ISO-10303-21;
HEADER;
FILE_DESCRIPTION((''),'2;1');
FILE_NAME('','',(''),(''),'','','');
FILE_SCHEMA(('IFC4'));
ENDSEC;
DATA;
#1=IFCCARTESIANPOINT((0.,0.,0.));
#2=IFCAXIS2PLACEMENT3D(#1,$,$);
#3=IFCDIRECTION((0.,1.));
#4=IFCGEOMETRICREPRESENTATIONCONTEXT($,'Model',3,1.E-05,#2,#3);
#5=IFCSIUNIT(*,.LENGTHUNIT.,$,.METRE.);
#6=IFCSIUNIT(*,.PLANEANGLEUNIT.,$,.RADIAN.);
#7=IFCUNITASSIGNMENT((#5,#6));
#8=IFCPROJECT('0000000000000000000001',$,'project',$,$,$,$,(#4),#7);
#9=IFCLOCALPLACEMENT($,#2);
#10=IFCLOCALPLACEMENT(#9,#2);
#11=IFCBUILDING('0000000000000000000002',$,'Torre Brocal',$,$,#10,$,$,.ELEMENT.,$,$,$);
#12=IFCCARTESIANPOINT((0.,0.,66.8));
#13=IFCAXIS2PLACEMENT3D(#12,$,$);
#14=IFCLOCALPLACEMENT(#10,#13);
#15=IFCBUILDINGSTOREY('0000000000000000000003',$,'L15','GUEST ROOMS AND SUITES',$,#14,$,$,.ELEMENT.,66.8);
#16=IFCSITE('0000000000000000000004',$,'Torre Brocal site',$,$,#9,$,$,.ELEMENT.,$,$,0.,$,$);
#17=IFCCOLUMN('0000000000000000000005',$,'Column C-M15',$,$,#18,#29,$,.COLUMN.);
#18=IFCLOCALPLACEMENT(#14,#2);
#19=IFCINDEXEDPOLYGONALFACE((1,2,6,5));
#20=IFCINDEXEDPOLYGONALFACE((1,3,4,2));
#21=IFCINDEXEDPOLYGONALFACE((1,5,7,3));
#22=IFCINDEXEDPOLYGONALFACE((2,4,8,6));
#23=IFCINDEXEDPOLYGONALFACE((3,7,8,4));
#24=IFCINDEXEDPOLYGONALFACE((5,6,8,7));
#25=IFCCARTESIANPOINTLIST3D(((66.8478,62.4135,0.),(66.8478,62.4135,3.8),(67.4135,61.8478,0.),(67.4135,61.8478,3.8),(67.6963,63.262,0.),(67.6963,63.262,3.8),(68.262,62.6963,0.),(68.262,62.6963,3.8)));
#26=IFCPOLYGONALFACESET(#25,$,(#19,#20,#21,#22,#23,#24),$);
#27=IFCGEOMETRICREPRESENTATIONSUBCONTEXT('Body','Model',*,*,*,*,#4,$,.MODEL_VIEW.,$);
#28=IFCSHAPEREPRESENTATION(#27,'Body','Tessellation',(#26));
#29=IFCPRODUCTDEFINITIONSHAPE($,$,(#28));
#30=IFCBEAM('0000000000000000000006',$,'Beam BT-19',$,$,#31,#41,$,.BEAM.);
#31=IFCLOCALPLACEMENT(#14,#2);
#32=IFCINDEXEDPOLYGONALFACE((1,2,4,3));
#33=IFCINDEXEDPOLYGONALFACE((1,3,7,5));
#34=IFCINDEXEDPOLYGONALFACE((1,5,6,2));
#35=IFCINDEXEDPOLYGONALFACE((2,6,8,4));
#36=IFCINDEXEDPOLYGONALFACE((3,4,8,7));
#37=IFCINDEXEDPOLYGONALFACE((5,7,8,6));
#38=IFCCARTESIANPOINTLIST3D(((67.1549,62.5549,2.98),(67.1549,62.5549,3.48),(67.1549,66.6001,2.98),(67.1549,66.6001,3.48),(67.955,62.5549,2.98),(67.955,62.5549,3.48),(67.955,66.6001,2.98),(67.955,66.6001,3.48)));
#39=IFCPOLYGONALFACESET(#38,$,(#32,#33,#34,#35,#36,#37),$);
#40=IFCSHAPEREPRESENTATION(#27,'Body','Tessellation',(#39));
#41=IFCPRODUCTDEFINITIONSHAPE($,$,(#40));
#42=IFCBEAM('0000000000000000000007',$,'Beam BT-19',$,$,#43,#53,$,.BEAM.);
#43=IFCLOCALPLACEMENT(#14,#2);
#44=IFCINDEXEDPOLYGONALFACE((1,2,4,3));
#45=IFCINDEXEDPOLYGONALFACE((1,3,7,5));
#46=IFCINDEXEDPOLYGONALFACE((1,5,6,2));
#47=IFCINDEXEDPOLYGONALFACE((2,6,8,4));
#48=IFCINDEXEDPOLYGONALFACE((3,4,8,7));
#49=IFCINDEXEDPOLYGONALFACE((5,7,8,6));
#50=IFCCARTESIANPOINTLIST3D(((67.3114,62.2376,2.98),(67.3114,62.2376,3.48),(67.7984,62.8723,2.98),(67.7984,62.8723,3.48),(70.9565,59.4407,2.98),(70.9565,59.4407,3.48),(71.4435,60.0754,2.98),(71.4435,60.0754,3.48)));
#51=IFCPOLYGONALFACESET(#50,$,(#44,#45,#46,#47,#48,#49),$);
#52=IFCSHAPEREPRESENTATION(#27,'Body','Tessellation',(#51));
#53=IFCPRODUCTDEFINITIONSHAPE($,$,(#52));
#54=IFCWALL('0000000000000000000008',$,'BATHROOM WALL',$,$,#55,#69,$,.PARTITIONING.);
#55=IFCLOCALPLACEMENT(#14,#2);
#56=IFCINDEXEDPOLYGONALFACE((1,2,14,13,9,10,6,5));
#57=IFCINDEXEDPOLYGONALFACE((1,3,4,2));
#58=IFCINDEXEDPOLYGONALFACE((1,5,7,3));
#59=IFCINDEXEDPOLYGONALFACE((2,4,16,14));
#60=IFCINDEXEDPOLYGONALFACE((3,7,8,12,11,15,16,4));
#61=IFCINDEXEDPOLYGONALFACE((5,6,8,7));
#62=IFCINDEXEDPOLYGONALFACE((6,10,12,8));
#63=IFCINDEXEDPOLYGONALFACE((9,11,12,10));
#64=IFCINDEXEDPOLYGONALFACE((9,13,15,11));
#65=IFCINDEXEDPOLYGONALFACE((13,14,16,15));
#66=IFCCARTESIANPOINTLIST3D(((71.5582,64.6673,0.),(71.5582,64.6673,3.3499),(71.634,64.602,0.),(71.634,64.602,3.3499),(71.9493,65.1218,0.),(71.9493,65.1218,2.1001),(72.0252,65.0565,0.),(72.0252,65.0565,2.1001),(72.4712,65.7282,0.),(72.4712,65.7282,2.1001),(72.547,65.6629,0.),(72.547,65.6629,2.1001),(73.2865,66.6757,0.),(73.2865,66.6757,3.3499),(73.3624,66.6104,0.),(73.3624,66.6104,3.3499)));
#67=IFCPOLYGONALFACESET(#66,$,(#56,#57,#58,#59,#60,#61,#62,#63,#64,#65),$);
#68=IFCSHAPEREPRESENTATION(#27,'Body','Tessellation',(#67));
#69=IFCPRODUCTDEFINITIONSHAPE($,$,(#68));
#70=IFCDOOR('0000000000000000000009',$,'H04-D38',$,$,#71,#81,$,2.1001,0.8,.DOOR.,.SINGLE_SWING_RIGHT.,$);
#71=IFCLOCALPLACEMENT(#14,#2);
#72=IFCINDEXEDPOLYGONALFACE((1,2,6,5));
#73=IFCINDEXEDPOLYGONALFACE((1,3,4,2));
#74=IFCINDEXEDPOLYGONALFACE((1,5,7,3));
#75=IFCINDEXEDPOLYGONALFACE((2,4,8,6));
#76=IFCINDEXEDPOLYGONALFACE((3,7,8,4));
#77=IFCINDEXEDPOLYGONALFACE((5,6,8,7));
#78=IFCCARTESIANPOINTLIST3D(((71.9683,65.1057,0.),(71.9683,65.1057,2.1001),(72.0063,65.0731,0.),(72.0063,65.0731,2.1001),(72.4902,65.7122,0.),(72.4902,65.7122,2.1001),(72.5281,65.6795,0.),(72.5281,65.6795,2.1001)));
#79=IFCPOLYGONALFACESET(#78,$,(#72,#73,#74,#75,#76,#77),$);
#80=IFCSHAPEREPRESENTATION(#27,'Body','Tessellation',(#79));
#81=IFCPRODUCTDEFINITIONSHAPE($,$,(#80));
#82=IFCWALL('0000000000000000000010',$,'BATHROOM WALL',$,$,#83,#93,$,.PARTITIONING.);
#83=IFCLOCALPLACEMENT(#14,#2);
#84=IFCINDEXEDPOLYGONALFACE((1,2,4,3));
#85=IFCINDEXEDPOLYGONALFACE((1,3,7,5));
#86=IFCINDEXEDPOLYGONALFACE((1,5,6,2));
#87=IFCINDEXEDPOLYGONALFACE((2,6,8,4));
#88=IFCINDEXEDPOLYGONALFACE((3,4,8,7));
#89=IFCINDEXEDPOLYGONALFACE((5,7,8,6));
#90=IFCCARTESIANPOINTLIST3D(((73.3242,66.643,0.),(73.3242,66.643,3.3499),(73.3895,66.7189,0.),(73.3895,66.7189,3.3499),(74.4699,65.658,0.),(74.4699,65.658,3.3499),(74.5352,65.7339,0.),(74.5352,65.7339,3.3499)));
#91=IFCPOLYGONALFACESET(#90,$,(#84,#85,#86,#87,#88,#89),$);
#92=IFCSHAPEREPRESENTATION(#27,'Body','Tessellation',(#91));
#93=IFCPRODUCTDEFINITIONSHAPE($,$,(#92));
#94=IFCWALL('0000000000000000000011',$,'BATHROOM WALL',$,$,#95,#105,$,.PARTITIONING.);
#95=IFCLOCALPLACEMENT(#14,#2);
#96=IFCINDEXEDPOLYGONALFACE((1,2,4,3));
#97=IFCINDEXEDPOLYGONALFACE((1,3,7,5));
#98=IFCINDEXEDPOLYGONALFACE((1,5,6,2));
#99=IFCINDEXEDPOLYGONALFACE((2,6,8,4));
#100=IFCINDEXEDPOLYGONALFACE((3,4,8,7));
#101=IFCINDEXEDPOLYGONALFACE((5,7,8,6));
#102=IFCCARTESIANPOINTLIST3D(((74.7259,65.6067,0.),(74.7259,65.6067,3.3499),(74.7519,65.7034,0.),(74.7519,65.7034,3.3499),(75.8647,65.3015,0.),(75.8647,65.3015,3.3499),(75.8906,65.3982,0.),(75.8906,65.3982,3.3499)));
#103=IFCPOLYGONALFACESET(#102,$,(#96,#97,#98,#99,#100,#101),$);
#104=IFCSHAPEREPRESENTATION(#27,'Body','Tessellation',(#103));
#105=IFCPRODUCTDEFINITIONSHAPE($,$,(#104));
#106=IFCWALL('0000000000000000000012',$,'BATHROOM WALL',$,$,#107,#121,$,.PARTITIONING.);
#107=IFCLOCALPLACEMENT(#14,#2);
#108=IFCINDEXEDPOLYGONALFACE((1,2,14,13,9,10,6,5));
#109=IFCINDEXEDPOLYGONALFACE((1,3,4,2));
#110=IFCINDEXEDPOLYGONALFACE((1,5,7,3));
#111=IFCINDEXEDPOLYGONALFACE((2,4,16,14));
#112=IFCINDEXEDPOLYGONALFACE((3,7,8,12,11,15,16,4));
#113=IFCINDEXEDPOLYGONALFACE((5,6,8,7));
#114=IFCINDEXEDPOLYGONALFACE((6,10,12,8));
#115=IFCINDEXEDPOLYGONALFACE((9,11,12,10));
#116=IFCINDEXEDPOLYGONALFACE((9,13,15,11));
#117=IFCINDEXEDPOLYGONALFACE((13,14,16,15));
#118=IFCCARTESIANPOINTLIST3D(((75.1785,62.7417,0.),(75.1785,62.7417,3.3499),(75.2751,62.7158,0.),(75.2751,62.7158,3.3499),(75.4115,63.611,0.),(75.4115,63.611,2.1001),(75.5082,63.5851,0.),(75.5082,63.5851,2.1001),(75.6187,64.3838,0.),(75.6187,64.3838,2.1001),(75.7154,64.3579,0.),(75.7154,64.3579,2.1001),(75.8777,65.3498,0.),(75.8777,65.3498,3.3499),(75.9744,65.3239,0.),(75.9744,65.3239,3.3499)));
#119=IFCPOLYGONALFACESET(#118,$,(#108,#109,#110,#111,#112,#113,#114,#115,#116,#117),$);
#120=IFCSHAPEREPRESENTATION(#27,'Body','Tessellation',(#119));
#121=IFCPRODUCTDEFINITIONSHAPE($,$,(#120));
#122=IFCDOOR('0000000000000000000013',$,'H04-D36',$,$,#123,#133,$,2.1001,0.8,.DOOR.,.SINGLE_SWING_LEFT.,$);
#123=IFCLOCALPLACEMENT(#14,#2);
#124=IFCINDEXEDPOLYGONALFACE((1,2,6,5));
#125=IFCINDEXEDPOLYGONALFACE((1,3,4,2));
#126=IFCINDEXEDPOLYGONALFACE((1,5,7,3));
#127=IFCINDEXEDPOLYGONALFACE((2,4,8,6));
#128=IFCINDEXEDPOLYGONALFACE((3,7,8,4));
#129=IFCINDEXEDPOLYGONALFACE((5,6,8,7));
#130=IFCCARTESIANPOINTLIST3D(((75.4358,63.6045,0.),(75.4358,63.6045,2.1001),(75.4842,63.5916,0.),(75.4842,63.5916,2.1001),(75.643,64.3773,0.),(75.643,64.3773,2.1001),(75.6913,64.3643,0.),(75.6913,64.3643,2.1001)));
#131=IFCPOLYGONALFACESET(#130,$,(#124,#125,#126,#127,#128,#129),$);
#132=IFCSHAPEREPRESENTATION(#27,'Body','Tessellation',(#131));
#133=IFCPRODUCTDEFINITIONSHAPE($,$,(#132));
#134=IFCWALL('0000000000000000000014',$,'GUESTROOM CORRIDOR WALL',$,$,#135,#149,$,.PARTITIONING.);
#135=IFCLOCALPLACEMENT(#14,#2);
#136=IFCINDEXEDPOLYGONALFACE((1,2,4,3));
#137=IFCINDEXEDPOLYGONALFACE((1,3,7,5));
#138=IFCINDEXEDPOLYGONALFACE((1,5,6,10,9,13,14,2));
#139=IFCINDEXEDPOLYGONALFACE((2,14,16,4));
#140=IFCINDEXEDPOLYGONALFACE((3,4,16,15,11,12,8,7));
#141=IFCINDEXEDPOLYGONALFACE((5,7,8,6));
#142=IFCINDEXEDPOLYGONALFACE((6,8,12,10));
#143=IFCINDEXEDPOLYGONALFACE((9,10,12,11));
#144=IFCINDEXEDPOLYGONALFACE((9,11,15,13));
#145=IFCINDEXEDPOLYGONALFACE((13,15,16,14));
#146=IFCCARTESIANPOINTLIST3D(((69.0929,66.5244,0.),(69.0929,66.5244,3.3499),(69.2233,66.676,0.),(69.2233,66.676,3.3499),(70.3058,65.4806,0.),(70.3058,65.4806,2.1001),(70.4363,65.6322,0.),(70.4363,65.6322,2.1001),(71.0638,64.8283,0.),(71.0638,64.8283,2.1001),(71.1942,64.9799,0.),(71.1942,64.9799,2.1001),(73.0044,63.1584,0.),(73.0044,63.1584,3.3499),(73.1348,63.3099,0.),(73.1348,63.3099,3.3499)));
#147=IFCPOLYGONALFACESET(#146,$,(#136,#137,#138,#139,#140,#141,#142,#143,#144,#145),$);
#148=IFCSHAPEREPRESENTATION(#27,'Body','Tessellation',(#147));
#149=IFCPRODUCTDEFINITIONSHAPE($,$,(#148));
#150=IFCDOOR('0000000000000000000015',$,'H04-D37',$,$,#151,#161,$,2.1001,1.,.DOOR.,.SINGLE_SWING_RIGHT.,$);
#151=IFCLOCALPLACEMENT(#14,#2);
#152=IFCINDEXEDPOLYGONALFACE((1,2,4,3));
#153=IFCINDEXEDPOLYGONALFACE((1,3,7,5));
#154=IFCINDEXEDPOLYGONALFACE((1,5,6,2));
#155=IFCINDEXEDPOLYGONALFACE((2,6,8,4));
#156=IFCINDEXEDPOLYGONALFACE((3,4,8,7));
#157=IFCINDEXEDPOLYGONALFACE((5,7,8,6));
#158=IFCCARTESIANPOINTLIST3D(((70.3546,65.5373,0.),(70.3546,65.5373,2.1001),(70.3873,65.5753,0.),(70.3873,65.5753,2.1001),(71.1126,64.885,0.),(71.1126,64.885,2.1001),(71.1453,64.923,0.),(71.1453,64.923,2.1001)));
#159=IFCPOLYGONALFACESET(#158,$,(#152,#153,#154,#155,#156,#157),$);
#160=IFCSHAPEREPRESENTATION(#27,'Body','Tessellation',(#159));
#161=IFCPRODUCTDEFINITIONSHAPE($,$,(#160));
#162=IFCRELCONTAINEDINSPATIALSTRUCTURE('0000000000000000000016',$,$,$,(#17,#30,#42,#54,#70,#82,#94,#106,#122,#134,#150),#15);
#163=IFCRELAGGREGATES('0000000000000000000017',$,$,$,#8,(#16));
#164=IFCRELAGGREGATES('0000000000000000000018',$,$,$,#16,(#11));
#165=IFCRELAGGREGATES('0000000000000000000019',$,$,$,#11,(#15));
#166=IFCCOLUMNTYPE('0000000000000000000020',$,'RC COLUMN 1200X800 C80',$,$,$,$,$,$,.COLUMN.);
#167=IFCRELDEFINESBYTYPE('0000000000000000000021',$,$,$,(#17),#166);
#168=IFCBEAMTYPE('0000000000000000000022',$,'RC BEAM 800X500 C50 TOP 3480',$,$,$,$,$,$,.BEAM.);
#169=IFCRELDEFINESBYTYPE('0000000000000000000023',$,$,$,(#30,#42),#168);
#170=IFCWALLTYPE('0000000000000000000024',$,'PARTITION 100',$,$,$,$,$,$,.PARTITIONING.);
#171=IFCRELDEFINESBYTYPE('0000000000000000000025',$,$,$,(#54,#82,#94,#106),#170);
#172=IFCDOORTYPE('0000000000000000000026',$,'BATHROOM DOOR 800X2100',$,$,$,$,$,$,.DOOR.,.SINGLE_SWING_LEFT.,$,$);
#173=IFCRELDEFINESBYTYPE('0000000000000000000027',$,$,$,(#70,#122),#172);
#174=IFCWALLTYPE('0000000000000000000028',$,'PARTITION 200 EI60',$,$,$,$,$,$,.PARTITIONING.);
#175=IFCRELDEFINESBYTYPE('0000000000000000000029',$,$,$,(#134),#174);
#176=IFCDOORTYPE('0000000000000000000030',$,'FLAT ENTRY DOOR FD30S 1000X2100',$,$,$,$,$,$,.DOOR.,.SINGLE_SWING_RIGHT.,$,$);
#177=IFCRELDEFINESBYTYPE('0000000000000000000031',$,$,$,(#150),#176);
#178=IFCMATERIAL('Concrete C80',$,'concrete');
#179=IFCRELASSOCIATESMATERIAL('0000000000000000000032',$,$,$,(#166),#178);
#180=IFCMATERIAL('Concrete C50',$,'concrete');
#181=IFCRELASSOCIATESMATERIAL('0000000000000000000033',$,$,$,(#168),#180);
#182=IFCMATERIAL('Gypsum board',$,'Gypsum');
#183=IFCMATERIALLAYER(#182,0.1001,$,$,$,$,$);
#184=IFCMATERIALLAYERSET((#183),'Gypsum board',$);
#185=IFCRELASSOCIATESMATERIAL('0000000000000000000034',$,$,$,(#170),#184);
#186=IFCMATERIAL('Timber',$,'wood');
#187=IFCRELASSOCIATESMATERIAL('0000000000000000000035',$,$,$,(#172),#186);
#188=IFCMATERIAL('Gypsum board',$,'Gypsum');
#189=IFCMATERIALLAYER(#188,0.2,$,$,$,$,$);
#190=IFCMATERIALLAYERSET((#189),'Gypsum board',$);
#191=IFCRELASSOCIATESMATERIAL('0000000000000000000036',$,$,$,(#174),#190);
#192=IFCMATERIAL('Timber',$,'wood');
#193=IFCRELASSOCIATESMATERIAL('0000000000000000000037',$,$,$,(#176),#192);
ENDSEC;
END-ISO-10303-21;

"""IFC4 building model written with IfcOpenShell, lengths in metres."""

from ifc_helpers import new_model, si_unit, direction, frame, frame_2d, origin, origin_2d, place, context, subcontext, project, spatial, rectangle, extrude, material, layer, layer_set, material_profile, profile_set, type_object, element, fill, save


model = new_model("IFC4")

# Units and contexts
model_context = context("Model", 3, precision=1e-05, world=origin(), true_north=direction((0.0, 1.0)))
body_context = subcontext(model_context, "Body", "Model", "MODEL_VIEW")
ifc_project = project(units=[si_unit("LENGTHUNIT", "METRE"), si_unit("PLANEANGLEUNIT", "RADIAN")], contexts=[model_context])

# Site, building, storey
site_placement = place(None, origin())
site = spatial("IfcSite", under=ifc_project, at=site_placement, Name="Torre Brocal site", CompositionType="ELEMENT", RefElevation=0.0)
building_placement = place(site_placement, origin())
building = spatial("IfcBuilding", under=site, at=building_placement, Name="Torre Brocal", CompositionType="ELEMENT")
storey_placement = place(building_placement, frame((0.0, 0.0, 66.8)))
storey = spatial("IfcBuildingStorey", under=building, at=storey_placement, Name="L15", Description="GUEST ROOMS AND SUITES", CompositionType="ELEMENT", Elevation=66.8)

# Column
ifc_material_1 = material(Name="Concrete C80", Category="concrete")
ifc_material_profile_1 = material_profile(ifc_material_1, rectangle(XDim=1.2, YDim=0.8, at=origin_2d()), Name="RC 1200X800")
ifc_profile_set_1 = profile_set([ifc_material_profile_1], Name="Concrete C80")
column_type = type_object("IfcColumnType", Name="RC COLUMN 1200X800 C80", PredefinedType="COLUMN", material=ifc_profile_set_1)
column_placement = place(storey_placement, frame((67.5549, 62.5549, 0.0), z_axis=(0.0, 0.0, 1.0), x_axis=(-0.707107, -0.707107, 0.0)))
element("IfcColumn", 1, at=column_placement, inside=storey, type_object=column_type, Name="Column C-M15", PredefinedType="COLUMN", context=body_context, shape_type="SweptSolid", body=[
    extrude(rectangle(XDim=1.2, YDim=0.8, at=origin_2d()), origin(), (0.0, 0.0, 1.0), 3.8),
])

# Beams
ifc_material_2 = material(Name="Concrete C50", Category="concrete")
ifc_material_profile_2 = material_profile(ifc_material_2, rectangle(XDim=0.8, YDim=0.5, at=origin_2d()), Name="RC 800X500")
ifc_profile_set_2 = profile_set([ifc_material_profile_2], Name="Concrete C50")
beam_type = type_object("IfcBeamType", Name="RC BEAM 800X500 C50 TOP 3480", PredefinedType="BEAM", material=ifc_profile_set_2)
beam_1_placement = place(storey_placement, frame((67.5549, 62.5549, 3.23), z_axis=(0.0, 1.0, 0.0), x_axis=(-1.0, 0.0, 0.0)))
element("IfcBeam", 2, at=beam_1_placement, inside=storey, type_object=beam_type, Name="Beam BT-19", PredefinedType="BEAM", context=body_context, shape_type="SweptSolid", body=[
    extrude(rectangle(XDim=0.8, YDim=0.5, at=origin_2d()), origin(), (0.0, 0.0, 1.0), 4.0452),
])
beam_2_placement = place(storey_placement, frame((67.5549, 62.5549, 3.23), z_axis=(0.793358, -0.608755, 0.0), x_axis=(0.608755, 0.793358, 0.0)))
element("IfcBeam", 3, at=beam_2_placement, inside=storey, type_object=beam_type, Name="Beam BT-19", PredefinedType="BEAM", context=body_context, shape_type="SweptSolid", body=[
    extrude(rectangle(XDim=0.8, YDim=0.5, at=origin_2d()), origin(), (0.0, 0.0, 1.0), 4.5945),
])

# Wall, opening, door
ifc_material_3 = material(Name="Gypsum board", Category="Gypsum")
ifc_layer_1 = layer(ifc_material_3, 0.1001)
ifc_layer_set_1 = layer_set([ifc_layer_1], Name="Gypsum board")
wall_type_1 = type_object("IfcWallType", Name="PARTITION 100", PredefinedType="PARTITIONING", material=ifc_layer_set_1)
wall_1_placement = place(storey_placement, frame((71.5962, 64.6348, 0.0), z_axis=(0.0, 0.0, 1.0), x_axis=(0.652285, 0.757974, 0.0)))
wall_1 = element("IfcWall", 4, at=wall_1_placement, inside=storey, type_object=wall_type_1, Name="BATHROOM WALL", PredefinedType="PARTITIONING", context=body_context, shape_type="SweptSolid", body=[
    extrude(rectangle(XDim=2.6497, YDim=0.1001, at=frame_2d((1.3247, 0.0))), origin(), (0.0, 0.0, 1.0), 3.3499),
])
opening_1_placement = place(wall_1_placement, frame((0.5996, 0.0, 0.0)))
opening_1 = element("IfcOpeningElement", 5, at=opening_1_placement, cuts=wall_1, PredefinedType="OPENING", context=body_context, shape_type="SweptSolid", body=[
    extrude(rectangle(XDim=0.8, YDim=2.1001, at=frame_2d((0.3999, 1.05))), frame((0.0, 0.0601, 0.0), z_axis=(0.0, -1.0, 0.0), x_axis=(1.0, 0.0, 0.0)), (0.0, 0.0, 1.0), 0.1201),
])
ifc_material_4 = material(Name="Timber", Category="wood")
door_type_1 = type_object("IfcDoorType", Name="BATHROOM DOOR 800X2100", OperationType="SINGLE_SWING_LEFT", PredefinedType="DOOR", material=ifc_material_4)
door_1_placement = place(opening_1_placement, frame((0.8, 0.0, 0.0), z_axis=(0.0, 0.0, 1.0), x_axis=(-1.0, 0.0, 0.0)))
door_1 = element("IfcDoor", 6, at=door_1_placement, inside=storey, type_object=door_type_1, Name="H04-D38", OperationType="SINGLE_SWING_RIGHT", OverallHeight=2.1001, OverallWidth=0.8, PredefinedType="DOOR", context=body_context, shape_type="SweptSolid", body=[
    extrude(rectangle(XDim=0.8, YDim=2.1001, at=frame_2d((0.3999, 1.05))), frame((0.0, 0.0249, 0.0), z_axis=(0.0, -1.0, 0.0), x_axis=(1.0, 0.0, 0.0)), (0.0, 0.0, 1.0), 0.05),
])
fill(opening_1, door_1)

# Walls
wall_2_placement = place(storey_placement, frame((73.3569, 66.6809, 0.0), z_axis=(0.0, 0.0, 1.0), x_axis=(0.758263, -0.651948, 0.0)))
element("IfcWall", 7, at=wall_2_placement, inside=storey, type_object=wall_type_1, Name="BATHROOM WALL", PredefinedType="PARTITIONING", context=body_context, shape_type="SweptSolid", body=[
    extrude(rectangle(XDim=1.511, YDim=0.1001, at=frame_2d((0.7554, 0.0))), origin(), (0.0, 0.0, 1.0), 3.3499),
])
wall_3_placement = place(storey_placement, frame((74.739, 65.655, 0.0), z_axis=(0.0, 0.0, 1.0), x_axis=(0.965911, -0.258874, 0.0)))
element("IfcWall", 8, at=wall_3_placement, inside=storey, type_object=wall_type_1, Name="BATHROOM WALL", PredefinedType="PARTITIONING", context=body_context, shape_type="SweptSolid", body=[
    extrude(rectangle(XDim=1.179, YDim=0.1001, at=frame_2d((0.5894, 0.0))), origin(), (0.0, 0.0, 1.0), 3.3499),
])

# Walls, openings, doors
wall_4_placement = place(storey_placement, frame((75.2268, 62.7288, 0.0), z_axis=(0.0, 0.0, 1.0), x_axis=(0.258945, 0.965892, 0.0)))
wall_4 = element("IfcWall", 9, at=wall_4_placement, inside=storey, type_object=wall_type_1, Name="BATHROOM WALL", PredefinedType="PARTITIONING", context=body_context, shape_type="SweptSolid", body=[
    extrude(rectangle(XDim=2.7002, YDim=0.1001, at=frame_2d((1.3501, 0.0))), origin(), (0.0, 0.0, 1.0), 3.3499),
])
opening_2_placement = place(wall_4_placement, frame((0.9001, 0.0, 0.0)))
opening_2 = element("IfcOpeningElement", 10, at=opening_2_placement, cuts=wall_4, PredefinedType="OPENING", context=body_context, shape_type="SweptSolid", body=[
    extrude(rectangle(XDim=0.8, YDim=2.1001, at=frame_2d((0.3999, 1.05))), frame((0.0, 0.0601, 0.0), z_axis=(0.0, -1.0, 0.0), x_axis=(1.0, 0.0, 0.0)), (0.0, 0.0, 1.0), 0.1201),
])
door_2_placement = place(opening_2_placement, origin())
door_2 = element("IfcDoor", 11, at=door_2_placement, inside=storey, type_object=door_type_1, Name="H04-D36", OperationType="SINGLE_SWING_LEFT", OverallHeight=2.1001, OverallWidth=0.8, PredefinedType="DOOR", context=body_context, shape_type="SweptSolid", body=[
    extrude(rectangle(XDim=0.8, YDim=2.1001, at=frame_2d((0.3999, 1.05))), frame((0.0, 0.0249, 0.0), z_axis=(0.0, -1.0, 0.0), x_axis=(1.0, 0.0, 0.0)), (0.0, 0.0, 1.0), 0.05),
])
fill(opening_2, door_2)
ifc_material_5 = material(Name="Gypsum board", Category="Gypsum")
ifc_layer_2 = layer(ifc_material_5, 0.2)
ifc_layer_set_2 = layer_set([ifc_layer_2], Name="Gypsum board")
wall_type_2 = type_object("IfcWallType", Name="PARTITION 200 EI60", PredefinedType="PARTITIONING", material=ifc_layer_set_2)
wall_5_placement = place(storey_placement, frame((69.1582, 66.6001, 0.0), z_axis=(0.0, 0.0, 1.0), x_axis=(0.757976, -0.652282, 0.0)))
wall_5 = element("IfcWall", 12, at=wall_5_placement, inside=storey, type_object=wall_type_2, Name="GUESTROOM CORRIDOR WALL", PredefinedType="PARTITIONING", context=body_context, shape_type="SweptSolid", body=[
    extrude(rectangle(XDim=5.1604, YDim=0.2, at=frame_2d((2.5801, 0.0))), origin(), (0.0, 0.0, 1.0), 3.3499),
])
opening_3_placement = place(wall_5_placement, frame((1.6001, 0.0, 0.0)))
opening_3 = element("IfcOpeningElement", 13, at=opening_3_placement, cuts=wall_5, PredefinedType="OPENING", context=body_context, shape_type="SweptSolid", body=[
    extrude(rectangle(XDim=1.0, YDim=2.1001, at=frame_2d((0.5, 1.05))), frame((0.0, 0.1099, 0.0), z_axis=(0.0, -1.0, 0.0), x_axis=(1.0, 0.0, 0.0)), (0.0, 0.0, 1.0), 0.22),
])
ifc_material_6 = material(Name="Timber", Category="wood")
door_type_2 = type_object("IfcDoorType", Name="FLAT ENTRY DOOR FD30S 1000X2100", OperationType="SINGLE_SWING_RIGHT", PredefinedType="DOOR", material=ifc_material_6)
door_3_placement = place(opening_3_placement, origin())
door_3 = element("IfcDoor", 14, at=door_3_placement, inside=storey, type_object=door_type_2, Name="H04-D37", OperationType="SINGLE_SWING_RIGHT", OverallHeight=2.1001, OverallWidth=1.0, PredefinedType="DOOR", context=body_context, shape_type="SweptSolid", body=[
    extrude(rectangle(XDim=1.0, YDim=2.1001, at=frame_2d((0.5, 1.05))), frame((0.0, 0.0249, 0.0), z_axis=(0.0, -1.0, 0.0), x_axis=(1.0, 0.0, 0.0)), (0.0, 0.0, 1.0), 0.05),
])
fill(opening_3, door_3)

save(model, "model.ifc")
